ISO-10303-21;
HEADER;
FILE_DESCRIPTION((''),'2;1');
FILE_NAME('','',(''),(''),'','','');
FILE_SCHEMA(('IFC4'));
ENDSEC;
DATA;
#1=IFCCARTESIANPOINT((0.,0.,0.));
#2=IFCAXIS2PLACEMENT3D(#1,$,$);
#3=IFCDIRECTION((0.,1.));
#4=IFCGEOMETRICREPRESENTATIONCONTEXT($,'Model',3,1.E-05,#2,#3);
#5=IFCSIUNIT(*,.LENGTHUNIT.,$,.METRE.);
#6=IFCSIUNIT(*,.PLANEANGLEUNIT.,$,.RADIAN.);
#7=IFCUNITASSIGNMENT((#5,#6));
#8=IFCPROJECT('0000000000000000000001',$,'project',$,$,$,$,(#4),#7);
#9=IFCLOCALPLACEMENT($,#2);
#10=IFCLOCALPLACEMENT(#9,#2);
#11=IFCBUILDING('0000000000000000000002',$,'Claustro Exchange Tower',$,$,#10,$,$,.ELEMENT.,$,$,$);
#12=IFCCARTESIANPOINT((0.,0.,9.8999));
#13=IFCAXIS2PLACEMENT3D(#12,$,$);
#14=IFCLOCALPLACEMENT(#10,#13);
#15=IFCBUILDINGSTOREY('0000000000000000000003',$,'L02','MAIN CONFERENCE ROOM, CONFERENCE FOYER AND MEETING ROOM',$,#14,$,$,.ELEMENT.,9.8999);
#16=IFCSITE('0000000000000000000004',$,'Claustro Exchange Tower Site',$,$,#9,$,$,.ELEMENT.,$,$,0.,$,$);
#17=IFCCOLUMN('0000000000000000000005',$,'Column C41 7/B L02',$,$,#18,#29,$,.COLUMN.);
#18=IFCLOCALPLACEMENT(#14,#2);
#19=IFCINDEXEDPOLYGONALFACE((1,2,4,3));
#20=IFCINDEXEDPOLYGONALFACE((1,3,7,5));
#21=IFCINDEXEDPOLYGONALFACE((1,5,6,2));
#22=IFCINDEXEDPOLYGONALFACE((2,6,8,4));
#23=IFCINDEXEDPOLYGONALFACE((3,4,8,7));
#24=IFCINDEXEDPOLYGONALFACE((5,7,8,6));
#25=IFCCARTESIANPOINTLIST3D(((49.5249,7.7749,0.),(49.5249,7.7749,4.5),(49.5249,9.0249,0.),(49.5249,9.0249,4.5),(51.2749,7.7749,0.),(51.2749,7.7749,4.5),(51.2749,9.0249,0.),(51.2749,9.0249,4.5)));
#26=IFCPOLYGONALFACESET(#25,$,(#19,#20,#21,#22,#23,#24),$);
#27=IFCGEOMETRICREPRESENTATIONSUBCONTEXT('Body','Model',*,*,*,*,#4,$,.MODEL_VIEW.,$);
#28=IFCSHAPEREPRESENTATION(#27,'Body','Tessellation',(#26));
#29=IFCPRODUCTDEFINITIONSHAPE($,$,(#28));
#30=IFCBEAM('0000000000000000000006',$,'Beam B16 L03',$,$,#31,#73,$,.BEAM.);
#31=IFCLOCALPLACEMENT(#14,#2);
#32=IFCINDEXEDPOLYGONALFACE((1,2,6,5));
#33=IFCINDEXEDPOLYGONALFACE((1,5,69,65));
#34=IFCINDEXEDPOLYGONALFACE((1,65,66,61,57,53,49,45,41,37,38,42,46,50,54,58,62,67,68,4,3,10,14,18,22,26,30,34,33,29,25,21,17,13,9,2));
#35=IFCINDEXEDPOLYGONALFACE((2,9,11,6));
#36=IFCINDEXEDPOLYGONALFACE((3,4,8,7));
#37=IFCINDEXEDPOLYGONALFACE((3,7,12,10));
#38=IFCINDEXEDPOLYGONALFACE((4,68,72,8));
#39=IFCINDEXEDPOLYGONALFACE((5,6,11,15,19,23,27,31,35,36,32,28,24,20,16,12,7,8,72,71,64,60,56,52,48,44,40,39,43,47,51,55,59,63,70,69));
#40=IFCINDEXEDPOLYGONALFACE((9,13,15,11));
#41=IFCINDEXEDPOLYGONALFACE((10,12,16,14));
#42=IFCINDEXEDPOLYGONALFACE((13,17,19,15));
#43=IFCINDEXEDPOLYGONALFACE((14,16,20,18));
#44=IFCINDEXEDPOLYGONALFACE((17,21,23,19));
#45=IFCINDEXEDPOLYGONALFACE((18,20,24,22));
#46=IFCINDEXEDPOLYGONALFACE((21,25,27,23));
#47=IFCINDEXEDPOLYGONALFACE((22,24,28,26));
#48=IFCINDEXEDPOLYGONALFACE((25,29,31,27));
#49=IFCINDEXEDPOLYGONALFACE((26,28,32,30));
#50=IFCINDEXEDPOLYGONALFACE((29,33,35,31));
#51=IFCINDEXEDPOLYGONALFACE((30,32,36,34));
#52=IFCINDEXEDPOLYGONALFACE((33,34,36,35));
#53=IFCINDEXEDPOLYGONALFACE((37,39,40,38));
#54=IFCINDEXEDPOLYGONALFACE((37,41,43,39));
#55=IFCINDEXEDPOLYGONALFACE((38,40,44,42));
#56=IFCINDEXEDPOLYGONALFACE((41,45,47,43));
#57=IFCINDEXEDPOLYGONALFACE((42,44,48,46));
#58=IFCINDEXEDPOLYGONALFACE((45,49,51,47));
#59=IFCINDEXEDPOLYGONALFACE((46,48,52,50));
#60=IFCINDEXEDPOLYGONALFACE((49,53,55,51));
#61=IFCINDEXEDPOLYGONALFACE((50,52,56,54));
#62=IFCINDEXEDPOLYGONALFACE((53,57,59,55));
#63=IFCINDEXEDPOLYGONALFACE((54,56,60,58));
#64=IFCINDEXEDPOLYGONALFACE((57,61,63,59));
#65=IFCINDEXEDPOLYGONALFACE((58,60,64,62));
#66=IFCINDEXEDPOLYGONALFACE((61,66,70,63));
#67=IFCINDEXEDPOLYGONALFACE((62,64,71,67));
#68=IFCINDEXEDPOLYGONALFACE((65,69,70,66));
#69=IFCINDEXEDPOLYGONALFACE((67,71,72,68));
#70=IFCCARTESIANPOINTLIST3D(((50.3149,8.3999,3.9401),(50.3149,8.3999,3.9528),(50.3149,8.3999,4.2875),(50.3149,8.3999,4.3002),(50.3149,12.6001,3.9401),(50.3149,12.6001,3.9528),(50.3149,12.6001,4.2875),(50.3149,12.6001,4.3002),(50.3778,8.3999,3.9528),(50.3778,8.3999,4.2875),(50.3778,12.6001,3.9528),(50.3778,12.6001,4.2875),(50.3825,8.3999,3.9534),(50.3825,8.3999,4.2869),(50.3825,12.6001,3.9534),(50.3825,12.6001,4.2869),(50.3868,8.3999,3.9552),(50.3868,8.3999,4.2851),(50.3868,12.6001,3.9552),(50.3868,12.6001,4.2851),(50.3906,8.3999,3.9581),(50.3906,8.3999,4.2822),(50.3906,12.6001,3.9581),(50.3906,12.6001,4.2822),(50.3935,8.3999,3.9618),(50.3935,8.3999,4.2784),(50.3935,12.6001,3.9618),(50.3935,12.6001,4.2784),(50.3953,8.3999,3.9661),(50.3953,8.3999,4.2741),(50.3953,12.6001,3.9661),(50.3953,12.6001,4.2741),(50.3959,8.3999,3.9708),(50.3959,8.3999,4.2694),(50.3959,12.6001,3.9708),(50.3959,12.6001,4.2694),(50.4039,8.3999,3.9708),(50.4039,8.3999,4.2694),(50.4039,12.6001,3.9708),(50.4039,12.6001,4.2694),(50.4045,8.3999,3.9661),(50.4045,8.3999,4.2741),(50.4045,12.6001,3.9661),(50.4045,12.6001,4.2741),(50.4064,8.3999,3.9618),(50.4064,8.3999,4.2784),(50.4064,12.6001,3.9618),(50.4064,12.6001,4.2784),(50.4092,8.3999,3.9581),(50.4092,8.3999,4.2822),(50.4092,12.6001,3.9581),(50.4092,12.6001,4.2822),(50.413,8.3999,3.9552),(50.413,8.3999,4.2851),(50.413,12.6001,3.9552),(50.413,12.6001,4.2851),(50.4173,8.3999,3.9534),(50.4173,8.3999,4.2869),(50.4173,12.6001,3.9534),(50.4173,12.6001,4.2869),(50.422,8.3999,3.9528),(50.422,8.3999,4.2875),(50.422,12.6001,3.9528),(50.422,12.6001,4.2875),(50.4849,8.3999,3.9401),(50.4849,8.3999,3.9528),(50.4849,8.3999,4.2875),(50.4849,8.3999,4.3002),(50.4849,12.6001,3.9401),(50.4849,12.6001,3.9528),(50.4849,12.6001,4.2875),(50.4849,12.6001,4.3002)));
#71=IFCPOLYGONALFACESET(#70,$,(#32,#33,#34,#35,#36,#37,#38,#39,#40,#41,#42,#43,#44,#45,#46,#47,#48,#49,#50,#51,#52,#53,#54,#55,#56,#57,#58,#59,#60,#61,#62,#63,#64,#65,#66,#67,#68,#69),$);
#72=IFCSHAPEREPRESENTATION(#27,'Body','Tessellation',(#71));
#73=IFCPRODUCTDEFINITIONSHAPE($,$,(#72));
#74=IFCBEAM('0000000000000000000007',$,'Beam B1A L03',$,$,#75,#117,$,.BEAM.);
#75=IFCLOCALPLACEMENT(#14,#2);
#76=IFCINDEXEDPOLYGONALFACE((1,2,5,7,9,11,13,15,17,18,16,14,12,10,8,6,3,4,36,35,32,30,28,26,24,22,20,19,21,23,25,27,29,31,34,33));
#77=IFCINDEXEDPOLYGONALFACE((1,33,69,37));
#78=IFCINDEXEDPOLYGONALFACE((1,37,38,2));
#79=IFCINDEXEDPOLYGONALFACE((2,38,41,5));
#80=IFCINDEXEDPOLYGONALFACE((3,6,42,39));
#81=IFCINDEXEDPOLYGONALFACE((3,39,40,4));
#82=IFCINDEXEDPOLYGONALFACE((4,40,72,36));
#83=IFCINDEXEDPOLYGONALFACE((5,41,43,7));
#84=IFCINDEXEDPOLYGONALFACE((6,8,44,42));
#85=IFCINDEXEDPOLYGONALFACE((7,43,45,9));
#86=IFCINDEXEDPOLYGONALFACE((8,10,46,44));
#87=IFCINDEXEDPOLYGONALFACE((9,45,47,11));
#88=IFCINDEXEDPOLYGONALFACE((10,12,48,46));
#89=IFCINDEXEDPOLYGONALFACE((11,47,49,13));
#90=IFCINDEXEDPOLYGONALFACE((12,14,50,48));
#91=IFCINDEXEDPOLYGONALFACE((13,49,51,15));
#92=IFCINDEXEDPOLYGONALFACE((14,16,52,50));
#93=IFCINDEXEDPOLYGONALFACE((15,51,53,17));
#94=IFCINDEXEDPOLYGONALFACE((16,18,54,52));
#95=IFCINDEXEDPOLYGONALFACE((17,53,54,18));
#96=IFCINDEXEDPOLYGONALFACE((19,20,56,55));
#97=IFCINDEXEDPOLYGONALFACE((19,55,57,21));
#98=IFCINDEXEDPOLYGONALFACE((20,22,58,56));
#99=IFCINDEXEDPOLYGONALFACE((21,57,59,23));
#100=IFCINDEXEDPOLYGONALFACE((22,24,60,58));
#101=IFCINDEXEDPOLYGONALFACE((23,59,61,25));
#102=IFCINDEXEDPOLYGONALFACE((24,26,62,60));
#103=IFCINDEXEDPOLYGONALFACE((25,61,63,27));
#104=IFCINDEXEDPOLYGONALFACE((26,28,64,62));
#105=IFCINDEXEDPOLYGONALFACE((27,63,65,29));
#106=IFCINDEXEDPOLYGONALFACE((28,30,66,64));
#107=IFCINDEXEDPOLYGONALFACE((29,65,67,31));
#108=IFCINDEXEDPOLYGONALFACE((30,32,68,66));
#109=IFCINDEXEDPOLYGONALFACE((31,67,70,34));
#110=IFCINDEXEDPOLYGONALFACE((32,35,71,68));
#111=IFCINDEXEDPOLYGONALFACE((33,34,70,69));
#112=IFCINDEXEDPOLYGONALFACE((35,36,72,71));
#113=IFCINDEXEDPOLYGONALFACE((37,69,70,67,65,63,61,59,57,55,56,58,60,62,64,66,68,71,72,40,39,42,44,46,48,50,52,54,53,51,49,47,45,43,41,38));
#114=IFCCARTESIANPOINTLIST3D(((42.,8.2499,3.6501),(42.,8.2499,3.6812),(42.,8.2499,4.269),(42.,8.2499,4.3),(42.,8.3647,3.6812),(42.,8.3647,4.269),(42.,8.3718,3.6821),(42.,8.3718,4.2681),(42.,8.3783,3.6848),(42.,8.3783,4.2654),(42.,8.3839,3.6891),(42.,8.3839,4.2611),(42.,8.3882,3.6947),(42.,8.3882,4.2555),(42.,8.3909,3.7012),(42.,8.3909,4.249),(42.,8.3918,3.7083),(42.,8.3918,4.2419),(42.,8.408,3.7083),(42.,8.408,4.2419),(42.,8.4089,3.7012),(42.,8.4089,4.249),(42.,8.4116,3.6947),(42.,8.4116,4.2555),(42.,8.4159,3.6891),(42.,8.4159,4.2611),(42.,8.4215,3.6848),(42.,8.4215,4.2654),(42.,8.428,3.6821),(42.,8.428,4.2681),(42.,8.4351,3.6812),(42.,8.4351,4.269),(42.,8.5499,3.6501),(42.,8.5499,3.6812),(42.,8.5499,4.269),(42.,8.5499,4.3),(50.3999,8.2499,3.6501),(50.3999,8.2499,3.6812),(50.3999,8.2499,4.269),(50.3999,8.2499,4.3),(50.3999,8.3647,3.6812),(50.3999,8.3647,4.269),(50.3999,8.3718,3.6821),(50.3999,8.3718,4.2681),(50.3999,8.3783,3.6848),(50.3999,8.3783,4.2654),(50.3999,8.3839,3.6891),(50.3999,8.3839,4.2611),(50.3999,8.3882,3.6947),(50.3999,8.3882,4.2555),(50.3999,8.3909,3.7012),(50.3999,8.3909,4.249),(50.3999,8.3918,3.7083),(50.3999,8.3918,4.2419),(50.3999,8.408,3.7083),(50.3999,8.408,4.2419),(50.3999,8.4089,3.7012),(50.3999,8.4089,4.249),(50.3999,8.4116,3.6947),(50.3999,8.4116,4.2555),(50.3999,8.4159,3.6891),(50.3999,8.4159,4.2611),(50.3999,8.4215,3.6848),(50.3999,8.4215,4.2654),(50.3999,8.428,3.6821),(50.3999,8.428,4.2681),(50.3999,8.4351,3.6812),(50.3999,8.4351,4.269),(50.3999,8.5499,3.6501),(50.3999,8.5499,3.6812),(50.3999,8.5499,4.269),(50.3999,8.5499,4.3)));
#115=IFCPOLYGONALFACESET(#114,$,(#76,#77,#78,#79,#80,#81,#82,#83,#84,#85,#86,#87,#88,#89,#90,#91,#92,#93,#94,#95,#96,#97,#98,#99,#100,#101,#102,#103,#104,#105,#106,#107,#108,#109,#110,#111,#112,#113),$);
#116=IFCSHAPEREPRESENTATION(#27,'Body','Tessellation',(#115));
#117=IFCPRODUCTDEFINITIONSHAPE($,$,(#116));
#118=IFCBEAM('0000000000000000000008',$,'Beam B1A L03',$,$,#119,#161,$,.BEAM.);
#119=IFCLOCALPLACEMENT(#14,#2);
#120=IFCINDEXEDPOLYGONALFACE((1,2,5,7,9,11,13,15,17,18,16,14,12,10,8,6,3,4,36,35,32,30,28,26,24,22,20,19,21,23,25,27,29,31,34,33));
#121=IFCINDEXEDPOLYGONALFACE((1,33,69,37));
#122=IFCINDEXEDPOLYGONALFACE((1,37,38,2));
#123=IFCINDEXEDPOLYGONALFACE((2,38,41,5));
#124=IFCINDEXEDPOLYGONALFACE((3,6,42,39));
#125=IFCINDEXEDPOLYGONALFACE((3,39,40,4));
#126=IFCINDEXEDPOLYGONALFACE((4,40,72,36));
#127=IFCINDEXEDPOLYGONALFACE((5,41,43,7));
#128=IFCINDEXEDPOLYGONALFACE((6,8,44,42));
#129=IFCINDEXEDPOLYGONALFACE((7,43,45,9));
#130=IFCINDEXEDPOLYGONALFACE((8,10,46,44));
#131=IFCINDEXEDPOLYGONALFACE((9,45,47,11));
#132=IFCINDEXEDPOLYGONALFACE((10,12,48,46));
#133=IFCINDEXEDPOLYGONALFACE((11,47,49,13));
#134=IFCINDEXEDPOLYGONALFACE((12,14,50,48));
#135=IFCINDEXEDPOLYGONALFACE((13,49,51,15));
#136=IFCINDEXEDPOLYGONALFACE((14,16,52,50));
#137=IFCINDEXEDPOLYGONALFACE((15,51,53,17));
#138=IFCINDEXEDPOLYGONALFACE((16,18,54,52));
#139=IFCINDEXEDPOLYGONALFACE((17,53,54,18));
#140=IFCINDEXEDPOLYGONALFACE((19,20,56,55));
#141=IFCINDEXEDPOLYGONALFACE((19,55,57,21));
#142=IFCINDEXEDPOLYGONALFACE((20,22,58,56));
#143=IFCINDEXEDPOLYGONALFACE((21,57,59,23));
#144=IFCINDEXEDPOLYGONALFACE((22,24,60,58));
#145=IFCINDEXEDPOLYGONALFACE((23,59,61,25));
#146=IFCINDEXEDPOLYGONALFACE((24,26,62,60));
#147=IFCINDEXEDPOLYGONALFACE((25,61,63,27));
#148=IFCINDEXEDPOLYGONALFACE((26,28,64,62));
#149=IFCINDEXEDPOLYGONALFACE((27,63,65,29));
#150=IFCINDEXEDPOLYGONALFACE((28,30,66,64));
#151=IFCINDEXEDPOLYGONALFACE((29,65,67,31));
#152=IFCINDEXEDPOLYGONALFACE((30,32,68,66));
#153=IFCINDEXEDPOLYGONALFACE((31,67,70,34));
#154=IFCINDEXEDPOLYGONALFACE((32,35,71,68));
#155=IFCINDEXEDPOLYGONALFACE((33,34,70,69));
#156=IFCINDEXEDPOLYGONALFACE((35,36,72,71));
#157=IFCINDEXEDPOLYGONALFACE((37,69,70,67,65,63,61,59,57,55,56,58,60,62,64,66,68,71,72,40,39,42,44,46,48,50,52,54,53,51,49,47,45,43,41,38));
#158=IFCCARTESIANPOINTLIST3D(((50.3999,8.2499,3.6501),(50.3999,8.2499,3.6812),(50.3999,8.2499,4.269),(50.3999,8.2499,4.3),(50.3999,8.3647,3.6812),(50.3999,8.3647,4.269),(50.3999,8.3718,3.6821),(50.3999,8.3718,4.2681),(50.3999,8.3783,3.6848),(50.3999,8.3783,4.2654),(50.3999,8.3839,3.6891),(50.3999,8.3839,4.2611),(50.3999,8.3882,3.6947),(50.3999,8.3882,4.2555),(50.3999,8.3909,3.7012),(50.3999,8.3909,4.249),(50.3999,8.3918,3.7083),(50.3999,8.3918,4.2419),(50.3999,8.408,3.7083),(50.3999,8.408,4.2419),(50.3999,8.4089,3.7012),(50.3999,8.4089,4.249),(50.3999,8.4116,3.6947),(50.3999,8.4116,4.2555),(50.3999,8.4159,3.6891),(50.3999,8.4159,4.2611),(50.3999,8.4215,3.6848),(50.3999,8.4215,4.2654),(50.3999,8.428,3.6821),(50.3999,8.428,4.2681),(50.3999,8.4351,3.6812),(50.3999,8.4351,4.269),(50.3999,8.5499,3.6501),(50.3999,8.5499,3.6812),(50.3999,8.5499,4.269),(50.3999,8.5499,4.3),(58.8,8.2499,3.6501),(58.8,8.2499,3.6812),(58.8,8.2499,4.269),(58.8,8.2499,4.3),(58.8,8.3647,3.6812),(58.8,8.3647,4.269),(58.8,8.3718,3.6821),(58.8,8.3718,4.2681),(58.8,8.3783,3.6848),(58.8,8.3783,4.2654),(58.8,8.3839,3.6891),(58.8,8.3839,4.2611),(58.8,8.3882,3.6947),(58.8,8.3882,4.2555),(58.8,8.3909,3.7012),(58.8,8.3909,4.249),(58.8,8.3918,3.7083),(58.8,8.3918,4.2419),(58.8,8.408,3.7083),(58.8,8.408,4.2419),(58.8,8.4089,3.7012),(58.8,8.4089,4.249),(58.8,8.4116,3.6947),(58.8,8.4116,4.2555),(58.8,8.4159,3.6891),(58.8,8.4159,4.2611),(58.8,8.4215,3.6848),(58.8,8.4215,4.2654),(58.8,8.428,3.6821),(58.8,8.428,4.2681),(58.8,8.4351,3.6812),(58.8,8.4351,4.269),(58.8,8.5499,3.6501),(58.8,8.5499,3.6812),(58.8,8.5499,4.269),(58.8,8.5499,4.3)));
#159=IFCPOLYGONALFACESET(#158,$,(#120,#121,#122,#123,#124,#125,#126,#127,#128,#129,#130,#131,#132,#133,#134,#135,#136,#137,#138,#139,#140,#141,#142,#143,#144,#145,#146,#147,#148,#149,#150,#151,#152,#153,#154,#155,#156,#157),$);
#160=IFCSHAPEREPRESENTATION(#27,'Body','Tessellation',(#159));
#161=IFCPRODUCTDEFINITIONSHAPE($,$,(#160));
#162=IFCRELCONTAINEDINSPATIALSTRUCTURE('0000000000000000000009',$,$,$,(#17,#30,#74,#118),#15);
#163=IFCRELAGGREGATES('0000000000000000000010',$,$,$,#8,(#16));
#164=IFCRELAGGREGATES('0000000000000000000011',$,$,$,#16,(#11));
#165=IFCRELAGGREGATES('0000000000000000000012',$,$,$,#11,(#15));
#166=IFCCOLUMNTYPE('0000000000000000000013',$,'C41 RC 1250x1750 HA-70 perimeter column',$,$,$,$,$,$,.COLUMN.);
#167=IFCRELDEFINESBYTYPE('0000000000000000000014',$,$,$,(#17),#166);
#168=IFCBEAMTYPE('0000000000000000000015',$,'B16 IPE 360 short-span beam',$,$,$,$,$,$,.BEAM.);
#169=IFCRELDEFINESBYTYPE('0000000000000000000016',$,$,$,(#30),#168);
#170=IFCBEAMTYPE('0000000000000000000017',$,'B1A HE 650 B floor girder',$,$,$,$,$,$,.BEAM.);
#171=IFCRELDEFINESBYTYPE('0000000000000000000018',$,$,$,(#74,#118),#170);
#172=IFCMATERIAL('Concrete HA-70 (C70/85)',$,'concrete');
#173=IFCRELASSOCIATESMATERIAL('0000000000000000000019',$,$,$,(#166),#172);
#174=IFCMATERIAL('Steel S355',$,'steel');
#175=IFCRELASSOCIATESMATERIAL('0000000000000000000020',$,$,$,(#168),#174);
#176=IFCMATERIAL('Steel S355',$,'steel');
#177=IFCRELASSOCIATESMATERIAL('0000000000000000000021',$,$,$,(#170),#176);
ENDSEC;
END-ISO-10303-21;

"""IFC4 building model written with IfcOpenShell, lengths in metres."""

from ifc_helpers import new_model, si_unit, direction, frame, origin, origin_2d, place, context, subcontext, project, spatial, rectangle, i_section, extrude, material, material_profile, profile_set, type_object, element, save


model = new_model("IFC4")

# Units and contexts
model_context = context("Model", 3, precision=1e-05, world=origin(), true_north=direction((0.0, 1.0)))
body_context = subcontext(model_context, "Body", "Model", "MODEL_VIEW")
ifc_project = project(units=[si_unit("LENGTHUNIT", "METRE"), si_unit("PLANEANGLEUNIT", "RADIAN")], contexts=[model_context])

# Site, building, storey
site_placement = place(None, origin())
site = spatial("IfcSite", under=ifc_project, at=site_placement, Name="Claustro Exchange Tower Site", CompositionType="ELEMENT", RefElevation=0.0)
building_placement = place(site_placement, origin())
building = spatial("IfcBuilding", under=site, at=building_placement, Name="Claustro Exchange Tower", CompositionType="ELEMENT")
storey_placement = place(building_placement, frame((0.0, 0.0, 9.8999)))
storey = spatial("IfcBuildingStorey", under=building, at=storey_placement, Name="L02", Description="MAIN CONFERENCE ROOM, CONFERENCE FOYER AND MEETING ROOM", CompositionType="ELEMENT", Elevation=9.8999)

# Column
ifc_material_1 = material(Name="Concrete HA-70 (C70/85)", Category="concrete")
ifc_material_profile_1 = material_profile(ifc_material_1, rectangle(XDim=1.25, YDim=1.75, at=origin_2d()), Name="RC 1250x1750")
ifc_profile_set_1 = profile_set([ifc_material_profile_1], Name="Concrete HA-70 (C70/85)")
column_type = type_object("IfcColumnType", Name="C41 RC 1250x1750 HA-70 perimeter column", PredefinedType="COLUMN", material=ifc_profile_set_1)
column_placement = place(storey_placement, frame((50.3999, 8.3999, 0.0), z_axis=(0.0, 0.0, 1.0), x_axis=(0.0, 1.0, 0.0)))
element("IfcColumn", 1, at=column_placement, inside=storey, type_object=column_type, Name="Column C41 7/B L02", PredefinedType="COLUMN", context=body_context, shape_type="SweptSolid", body=[
    extrude(rectangle(XDim=1.25, YDim=1.75, at=origin_2d()), origin(), (0.0, 0.0, 1.0), 4.5),
])

# Beams
ifc_material_2 = material(Name="Steel S355", Category="steel")
ifc_material_profile_2 = material_profile(ifc_material_2, i_section(OverallWidth=0.1699, OverallDepth=0.3601, WebThickness=0.0081, FlangeThickness=0.0127, FilletRadius=0.0181, at=origin_2d()), Name="IPE 360")
ifc_profile_set_2 = profile_set([ifc_material_profile_2], Name="Steel S355")
beam_type_1 = type_object("IfcBeamType", Name="B16 IPE 360 short-span beam", PredefinedType="BEAM", material=ifc_profile_set_2)
beam_1_placement = place(storey_placement, frame((50.3999, 8.3999, 4.1201), z_axis=(0.0, 1.0, 0.0), x_axis=(-1.0, 0.0, 0.0)))
element("IfcBeam", 2, at=beam_1_placement, inside=storey, type_object=beam_type_1, Name="Beam B16 L03", PredefinedType="BEAM", context=body_context, shape_type="SweptSolid", body=[
    extrude(i_section(OverallWidth=0.1699, OverallDepth=0.3601, WebThickness=0.0081, FlangeThickness=0.0127, FilletRadius=0.0181, at=origin_2d()), origin(), (0.0, 0.0, 1.0), 4.2002),
])
ifc_material_3 = material(Name="Steel S355", Category="steel")
ifc_material_profile_3 = material_profile(ifc_material_3, i_section(OverallWidth=0.3, OverallDepth=0.6499, WebThickness=0.0161, FlangeThickness=0.031, FilletRadius=0.0271, at=origin_2d()), Name="HE 650 B")
ifc_profile_set_3 = profile_set([ifc_material_profile_3], Name="Steel S355")
beam_type_2 = type_object("IfcBeamType", Name="B1A HE 650 B floor girder", PredefinedType="BEAM", material=ifc_profile_set_3)
beam_2_placement = place(storey_placement, frame((42.0, 8.3999, 3.9751), z_axis=(1.0, 0.0, 0.0), x_axis=(0.0, 1.0, 0.0)))
element("IfcBeam", 3, at=beam_2_placement, inside=storey, type_object=beam_type_2, Name="Beam B1A L03", PredefinedType="BEAM", context=body_context, shape_type="SweptSolid", body=[
    extrude(i_section(OverallWidth=0.3, OverallDepth=0.6499, WebThickness=0.0161, FlangeThickness=0.031, FilletRadius=0.0271, at=origin_2d()), origin(), (0.0, 0.0, 1.0), 8.3999),
])
beam_3_placement = place(storey_placement, frame((50.3999, 8.3999, 3.9751), z_axis=(1.0, 0.0, 0.0), x_axis=(0.0, 1.0, 0.0)))
element("IfcBeam", 4, at=beam_3_placement, inside=storey, type_object=beam_type_2, Name="Beam B1A L03", PredefinedType="BEAM", context=body_context, shape_type="SweptSolid", body=[
    extrude(i_section(OverallWidth=0.3, OverallDepth=0.6499, WebThickness=0.0161, FlangeThickness=0.031, FilletRadius=0.0271, at=origin_2d()), origin(), (0.0, 0.0, 1.0), 8.4001),
])

save(model, "model.ifc")
